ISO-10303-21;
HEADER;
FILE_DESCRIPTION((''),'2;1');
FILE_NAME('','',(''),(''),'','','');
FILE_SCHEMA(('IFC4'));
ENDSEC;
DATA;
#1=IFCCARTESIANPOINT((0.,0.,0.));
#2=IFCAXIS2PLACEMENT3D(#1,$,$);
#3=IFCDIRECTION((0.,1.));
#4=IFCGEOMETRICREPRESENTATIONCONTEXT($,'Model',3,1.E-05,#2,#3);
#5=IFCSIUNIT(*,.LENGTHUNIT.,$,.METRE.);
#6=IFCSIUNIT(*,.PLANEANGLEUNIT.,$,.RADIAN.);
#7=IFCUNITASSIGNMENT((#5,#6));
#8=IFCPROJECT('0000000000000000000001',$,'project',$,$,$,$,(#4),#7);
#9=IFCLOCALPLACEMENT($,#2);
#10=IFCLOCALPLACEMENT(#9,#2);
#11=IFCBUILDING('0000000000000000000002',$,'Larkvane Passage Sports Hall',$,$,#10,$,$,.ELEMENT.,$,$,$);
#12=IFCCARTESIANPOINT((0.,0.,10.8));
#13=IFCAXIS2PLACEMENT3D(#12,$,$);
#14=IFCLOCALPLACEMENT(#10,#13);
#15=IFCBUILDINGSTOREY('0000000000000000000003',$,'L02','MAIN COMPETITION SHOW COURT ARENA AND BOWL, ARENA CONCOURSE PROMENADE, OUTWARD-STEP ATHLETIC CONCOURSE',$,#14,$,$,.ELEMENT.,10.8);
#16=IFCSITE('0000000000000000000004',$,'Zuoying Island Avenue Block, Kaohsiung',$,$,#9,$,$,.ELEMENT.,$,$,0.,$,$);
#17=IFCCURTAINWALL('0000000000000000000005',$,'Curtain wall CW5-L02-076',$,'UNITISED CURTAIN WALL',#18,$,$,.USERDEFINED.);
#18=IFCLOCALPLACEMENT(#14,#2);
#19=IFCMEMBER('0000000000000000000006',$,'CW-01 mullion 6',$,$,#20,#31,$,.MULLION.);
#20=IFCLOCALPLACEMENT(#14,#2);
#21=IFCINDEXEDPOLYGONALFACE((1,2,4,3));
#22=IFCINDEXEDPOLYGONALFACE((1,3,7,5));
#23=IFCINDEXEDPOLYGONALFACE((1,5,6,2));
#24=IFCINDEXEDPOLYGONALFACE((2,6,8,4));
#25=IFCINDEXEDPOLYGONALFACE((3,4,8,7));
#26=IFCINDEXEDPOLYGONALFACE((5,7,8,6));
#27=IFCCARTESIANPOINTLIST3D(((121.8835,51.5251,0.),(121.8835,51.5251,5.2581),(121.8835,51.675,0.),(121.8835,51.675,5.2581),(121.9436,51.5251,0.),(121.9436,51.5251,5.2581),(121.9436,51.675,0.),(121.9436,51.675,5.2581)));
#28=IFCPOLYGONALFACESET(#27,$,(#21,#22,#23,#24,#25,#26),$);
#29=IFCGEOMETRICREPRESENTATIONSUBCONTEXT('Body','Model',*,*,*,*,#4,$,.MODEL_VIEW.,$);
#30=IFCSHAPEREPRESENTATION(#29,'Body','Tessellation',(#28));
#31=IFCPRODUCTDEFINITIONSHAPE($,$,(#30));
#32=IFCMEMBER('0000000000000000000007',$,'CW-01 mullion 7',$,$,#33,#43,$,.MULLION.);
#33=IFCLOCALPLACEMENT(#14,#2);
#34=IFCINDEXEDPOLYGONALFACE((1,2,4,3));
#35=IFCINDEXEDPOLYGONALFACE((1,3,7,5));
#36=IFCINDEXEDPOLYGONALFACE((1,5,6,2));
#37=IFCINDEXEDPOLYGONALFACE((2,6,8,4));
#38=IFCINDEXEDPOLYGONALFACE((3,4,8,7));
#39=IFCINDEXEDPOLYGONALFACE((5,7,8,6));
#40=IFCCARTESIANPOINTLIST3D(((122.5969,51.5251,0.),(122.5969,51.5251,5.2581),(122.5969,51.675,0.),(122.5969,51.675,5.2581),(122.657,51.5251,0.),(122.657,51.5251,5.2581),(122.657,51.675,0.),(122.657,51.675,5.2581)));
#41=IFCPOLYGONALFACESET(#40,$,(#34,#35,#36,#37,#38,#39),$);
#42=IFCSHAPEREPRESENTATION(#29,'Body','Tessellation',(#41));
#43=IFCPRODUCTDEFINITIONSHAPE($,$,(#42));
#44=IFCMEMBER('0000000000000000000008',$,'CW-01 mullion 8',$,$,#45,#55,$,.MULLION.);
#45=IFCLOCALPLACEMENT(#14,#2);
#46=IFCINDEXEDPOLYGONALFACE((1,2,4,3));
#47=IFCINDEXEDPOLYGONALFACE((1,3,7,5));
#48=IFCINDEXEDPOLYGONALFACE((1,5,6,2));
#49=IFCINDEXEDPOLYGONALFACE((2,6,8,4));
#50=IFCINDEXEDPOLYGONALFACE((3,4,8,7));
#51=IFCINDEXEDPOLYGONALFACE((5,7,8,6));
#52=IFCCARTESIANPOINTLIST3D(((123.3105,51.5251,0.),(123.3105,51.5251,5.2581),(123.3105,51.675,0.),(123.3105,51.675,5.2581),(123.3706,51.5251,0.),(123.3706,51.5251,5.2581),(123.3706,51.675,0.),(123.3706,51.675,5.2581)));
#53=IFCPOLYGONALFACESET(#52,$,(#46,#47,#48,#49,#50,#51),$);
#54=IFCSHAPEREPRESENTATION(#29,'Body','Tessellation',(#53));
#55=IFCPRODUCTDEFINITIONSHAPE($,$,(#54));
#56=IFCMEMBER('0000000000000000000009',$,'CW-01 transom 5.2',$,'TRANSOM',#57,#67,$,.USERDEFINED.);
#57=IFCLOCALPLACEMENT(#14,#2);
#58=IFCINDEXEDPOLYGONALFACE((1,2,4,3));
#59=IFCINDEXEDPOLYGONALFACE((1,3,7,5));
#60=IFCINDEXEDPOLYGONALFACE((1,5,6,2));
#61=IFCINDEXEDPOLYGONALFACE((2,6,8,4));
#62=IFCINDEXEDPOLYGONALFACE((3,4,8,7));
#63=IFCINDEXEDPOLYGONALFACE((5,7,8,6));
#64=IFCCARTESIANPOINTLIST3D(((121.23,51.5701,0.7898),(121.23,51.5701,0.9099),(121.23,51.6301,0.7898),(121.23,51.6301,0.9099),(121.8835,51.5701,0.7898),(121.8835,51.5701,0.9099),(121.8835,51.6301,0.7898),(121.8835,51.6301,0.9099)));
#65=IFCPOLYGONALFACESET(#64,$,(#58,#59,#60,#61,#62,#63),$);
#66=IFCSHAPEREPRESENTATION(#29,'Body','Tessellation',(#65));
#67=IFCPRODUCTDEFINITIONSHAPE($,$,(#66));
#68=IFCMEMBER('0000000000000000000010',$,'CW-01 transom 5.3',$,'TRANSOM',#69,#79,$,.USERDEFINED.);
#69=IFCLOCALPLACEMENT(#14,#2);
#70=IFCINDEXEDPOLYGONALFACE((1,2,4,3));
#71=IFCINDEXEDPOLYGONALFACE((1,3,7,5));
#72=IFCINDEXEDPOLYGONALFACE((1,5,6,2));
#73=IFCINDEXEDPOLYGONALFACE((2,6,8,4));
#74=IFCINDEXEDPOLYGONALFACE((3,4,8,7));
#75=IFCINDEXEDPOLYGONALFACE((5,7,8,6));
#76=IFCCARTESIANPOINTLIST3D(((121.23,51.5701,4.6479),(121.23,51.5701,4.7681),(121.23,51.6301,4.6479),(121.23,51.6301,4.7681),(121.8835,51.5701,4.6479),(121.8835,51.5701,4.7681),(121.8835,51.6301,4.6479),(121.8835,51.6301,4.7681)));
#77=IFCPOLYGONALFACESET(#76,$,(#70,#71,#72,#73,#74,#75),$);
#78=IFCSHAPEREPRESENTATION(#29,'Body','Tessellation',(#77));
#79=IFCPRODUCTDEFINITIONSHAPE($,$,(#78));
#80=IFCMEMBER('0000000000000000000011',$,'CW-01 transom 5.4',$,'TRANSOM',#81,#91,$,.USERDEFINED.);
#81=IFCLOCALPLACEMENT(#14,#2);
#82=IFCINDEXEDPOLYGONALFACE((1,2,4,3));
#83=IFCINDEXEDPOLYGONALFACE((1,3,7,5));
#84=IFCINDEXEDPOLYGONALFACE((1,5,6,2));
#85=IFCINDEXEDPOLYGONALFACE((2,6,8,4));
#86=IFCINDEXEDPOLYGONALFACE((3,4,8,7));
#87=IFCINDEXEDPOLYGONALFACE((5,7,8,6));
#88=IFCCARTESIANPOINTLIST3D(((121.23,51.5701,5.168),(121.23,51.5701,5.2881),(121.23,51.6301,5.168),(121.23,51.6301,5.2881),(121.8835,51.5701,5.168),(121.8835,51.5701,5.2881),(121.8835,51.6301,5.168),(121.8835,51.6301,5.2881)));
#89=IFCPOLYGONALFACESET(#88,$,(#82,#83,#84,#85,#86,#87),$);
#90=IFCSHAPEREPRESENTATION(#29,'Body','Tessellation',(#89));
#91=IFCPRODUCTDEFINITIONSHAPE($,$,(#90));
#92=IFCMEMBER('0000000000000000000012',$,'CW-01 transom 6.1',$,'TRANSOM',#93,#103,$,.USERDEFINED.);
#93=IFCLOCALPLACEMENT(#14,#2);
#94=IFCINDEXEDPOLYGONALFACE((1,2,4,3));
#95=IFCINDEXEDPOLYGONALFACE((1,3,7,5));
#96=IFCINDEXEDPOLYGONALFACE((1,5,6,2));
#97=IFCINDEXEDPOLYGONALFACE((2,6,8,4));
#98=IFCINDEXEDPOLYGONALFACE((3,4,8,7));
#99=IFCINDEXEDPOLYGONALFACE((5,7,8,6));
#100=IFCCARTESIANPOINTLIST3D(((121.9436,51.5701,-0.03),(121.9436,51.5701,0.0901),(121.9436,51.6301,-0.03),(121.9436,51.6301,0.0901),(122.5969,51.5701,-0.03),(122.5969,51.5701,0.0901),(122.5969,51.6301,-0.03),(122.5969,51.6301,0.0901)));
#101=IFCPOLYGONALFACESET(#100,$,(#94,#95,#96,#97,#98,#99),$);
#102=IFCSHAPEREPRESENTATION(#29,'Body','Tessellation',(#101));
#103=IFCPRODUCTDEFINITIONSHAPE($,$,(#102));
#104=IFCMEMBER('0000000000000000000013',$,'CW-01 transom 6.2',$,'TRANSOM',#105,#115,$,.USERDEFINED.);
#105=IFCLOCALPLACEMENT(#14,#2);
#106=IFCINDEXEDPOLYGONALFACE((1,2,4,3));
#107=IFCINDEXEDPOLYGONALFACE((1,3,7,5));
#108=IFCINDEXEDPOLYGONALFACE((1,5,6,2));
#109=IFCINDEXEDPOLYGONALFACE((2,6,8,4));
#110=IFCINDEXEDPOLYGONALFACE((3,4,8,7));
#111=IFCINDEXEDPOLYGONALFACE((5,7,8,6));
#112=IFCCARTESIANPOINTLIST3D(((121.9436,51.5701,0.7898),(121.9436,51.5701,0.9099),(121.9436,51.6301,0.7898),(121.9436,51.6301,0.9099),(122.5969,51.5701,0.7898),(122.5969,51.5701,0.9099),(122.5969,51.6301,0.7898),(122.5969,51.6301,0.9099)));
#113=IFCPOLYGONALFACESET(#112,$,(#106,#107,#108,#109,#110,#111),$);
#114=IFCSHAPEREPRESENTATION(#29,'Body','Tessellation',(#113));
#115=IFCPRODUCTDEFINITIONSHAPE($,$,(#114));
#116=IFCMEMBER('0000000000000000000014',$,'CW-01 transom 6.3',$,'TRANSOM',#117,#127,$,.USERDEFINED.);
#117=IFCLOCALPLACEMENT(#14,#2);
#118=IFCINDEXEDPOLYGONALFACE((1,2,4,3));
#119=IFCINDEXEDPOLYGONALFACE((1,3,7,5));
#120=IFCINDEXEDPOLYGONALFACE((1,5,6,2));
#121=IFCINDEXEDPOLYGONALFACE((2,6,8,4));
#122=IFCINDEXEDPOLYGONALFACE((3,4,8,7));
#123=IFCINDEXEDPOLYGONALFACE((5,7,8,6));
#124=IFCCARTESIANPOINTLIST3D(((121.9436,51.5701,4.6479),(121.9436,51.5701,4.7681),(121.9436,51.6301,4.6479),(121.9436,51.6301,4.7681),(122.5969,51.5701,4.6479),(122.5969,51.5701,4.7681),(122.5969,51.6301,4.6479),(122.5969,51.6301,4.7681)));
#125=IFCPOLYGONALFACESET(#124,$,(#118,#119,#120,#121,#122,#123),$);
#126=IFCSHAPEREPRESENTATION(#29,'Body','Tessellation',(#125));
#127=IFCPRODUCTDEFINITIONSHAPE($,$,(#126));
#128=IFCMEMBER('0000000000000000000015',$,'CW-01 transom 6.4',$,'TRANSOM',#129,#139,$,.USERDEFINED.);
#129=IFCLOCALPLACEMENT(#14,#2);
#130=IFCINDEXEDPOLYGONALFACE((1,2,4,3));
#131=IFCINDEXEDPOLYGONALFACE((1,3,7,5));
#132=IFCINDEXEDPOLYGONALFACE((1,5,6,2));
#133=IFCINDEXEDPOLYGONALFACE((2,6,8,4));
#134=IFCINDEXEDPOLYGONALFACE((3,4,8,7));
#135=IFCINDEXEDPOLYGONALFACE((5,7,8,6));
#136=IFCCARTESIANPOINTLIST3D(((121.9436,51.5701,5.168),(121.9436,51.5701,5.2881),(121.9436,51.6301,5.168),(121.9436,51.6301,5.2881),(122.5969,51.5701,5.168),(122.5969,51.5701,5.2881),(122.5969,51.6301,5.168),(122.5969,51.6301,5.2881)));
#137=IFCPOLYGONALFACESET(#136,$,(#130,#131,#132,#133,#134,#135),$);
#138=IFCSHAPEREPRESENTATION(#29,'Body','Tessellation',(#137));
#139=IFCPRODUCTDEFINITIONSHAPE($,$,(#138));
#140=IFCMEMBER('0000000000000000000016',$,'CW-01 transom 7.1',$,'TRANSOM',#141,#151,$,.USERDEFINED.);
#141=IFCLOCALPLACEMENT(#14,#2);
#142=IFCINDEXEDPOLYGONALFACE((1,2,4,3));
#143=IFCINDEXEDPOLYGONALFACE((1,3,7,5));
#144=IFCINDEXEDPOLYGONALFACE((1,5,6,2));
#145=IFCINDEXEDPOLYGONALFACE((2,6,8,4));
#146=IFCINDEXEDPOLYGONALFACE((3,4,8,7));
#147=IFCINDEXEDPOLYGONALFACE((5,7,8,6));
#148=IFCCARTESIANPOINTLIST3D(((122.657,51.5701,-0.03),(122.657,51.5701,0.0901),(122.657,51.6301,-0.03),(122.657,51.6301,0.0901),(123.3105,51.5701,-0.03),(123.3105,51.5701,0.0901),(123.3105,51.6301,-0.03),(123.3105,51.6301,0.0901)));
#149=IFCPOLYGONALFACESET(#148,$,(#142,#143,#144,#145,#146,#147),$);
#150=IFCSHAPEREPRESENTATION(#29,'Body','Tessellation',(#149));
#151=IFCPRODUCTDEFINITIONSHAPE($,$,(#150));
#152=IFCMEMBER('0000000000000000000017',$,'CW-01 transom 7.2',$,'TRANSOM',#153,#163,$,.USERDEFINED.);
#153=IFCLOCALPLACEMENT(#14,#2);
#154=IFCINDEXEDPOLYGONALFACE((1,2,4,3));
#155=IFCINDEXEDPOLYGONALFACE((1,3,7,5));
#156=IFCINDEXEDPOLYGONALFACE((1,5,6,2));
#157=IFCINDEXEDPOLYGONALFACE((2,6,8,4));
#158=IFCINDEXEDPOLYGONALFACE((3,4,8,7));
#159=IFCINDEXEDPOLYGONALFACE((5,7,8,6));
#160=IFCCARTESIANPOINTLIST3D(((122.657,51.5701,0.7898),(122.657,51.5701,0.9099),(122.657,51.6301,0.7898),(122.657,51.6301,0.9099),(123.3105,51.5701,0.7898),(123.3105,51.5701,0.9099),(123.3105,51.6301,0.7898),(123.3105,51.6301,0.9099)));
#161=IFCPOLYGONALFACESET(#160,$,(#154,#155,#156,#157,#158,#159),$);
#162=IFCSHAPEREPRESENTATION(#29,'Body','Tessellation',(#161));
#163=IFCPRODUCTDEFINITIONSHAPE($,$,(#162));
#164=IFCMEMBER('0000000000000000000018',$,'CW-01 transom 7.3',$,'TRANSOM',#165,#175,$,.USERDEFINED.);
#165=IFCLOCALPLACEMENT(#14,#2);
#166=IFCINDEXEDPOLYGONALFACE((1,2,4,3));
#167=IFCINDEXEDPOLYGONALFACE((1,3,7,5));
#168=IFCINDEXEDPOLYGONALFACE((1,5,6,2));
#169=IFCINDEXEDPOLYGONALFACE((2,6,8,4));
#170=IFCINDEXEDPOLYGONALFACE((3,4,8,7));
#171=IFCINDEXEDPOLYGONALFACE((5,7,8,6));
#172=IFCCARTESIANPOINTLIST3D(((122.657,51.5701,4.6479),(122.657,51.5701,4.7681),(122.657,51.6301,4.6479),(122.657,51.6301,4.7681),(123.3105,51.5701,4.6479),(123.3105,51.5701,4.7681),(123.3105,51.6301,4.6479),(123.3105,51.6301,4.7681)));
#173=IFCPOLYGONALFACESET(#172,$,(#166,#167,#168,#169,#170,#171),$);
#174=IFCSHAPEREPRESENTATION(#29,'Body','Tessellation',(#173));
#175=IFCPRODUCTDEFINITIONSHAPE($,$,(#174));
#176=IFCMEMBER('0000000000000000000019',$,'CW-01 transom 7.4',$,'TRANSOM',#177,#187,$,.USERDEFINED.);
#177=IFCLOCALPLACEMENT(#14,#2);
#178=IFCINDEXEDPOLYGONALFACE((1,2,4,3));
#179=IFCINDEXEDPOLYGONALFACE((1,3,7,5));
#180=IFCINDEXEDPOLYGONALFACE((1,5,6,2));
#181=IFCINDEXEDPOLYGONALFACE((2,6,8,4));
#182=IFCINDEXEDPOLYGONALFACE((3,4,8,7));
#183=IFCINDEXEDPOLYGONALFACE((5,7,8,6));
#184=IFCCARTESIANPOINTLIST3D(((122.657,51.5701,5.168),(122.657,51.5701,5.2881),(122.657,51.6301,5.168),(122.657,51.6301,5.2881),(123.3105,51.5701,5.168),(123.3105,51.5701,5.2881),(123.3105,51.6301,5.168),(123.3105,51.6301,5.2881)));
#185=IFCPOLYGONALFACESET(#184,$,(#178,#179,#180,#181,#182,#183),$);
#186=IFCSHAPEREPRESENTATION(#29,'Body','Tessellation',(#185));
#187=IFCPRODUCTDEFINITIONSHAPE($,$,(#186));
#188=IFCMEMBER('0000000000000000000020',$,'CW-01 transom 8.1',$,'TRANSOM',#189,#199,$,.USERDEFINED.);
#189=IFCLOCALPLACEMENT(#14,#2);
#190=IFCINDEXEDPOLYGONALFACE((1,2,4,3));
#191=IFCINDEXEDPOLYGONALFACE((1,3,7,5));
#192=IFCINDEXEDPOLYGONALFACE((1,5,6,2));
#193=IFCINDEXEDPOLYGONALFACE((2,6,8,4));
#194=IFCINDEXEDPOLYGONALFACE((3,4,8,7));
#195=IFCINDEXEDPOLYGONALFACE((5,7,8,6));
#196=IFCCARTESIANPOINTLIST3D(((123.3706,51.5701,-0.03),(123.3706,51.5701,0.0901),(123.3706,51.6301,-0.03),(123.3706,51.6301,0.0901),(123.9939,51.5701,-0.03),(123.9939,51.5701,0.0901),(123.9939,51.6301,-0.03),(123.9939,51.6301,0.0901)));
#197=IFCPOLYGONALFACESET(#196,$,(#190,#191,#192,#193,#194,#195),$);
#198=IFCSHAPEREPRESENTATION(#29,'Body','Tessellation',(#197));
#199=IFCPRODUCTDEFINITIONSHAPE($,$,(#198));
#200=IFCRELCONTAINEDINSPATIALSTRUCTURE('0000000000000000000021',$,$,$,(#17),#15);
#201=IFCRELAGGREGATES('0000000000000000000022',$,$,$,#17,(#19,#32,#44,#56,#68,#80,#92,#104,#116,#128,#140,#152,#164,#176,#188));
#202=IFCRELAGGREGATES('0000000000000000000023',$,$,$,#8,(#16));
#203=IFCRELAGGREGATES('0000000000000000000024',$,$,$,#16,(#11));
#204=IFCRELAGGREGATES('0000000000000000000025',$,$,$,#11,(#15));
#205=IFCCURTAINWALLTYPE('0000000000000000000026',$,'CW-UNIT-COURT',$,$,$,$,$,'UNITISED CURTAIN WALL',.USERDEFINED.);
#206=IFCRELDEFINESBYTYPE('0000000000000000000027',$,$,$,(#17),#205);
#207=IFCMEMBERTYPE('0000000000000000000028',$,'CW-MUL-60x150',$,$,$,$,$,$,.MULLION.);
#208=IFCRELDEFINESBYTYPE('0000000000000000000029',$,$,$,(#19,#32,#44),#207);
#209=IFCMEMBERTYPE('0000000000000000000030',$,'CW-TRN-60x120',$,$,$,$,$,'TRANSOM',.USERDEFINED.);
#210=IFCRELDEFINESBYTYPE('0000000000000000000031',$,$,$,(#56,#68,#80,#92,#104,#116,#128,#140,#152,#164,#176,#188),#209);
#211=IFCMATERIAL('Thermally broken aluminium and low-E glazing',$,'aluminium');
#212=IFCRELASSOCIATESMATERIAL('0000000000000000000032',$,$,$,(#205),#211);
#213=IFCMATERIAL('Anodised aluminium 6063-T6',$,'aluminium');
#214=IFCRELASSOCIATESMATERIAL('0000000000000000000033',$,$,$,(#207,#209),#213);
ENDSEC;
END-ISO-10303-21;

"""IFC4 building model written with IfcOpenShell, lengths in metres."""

from ifc_helpers import new_model, si_unit, direction, frame, origin, origin_2d, place, context, subcontext, project, spatial, rectangle, extrude, material, material_profile, profile_set, type_object, element, aggregate, save


model = new_model("IFC4")

# Units and contexts
model_context = context("Model", 3, precision=1e-05, world=origin(), true_north=direction((0.0, 1.0)))
body_context = subcontext(model_context, "Body", "Model", "MODEL_VIEW")
ifc_project = project(units=[si_unit("LENGTHUNIT", "METRE"), si_unit("PLANEANGLEUNIT", "RADIAN")], contexts=[model_context])

# Site, building, storey
site_placement = place(None, origin())
site = spatial("IfcSite", under=ifc_project, at=site_placement, Name="Zuoying Island Avenue Block, Kaohsiung", CompositionType="ELEMENT", RefElevation=0.0)
building_placement = place(site_placement, origin())
building = spatial("IfcBuilding", under=site, at=building_placement, Name="Larkvane Passage Sports Hall", CompositionType="ELEMENT")
storey_placement = place(building_placement, frame((0.0, 0.0, 10.8)))
storey = spatial("IfcBuildingStorey", under=building, at=storey_placement, Name="L02", Description="MAIN COMPETITION SHOW COURT ARENA AND BOWL, ARENA CONCOURSE PROMENADE, OUTWARD-STEP ATHLETIC CONCOURSE", CompositionType="ELEMENT", Elevation=10.8)

# Curtain wall, members
ifc_material_1 = material(Name="Thermally broken aluminium and low-E glazing", Category="aluminium")
curtain_wall_type = type_object("IfcCurtainWallType", Name="CW-UNIT-COURT", ElementType="UNITISED CURTAIN WALL", PredefinedType="USERDEFINED", material=ifc_material_1)
curtain_wall_placement = place(storey_placement, origin())
curtain_wall = element("IfcCurtainWall", 1, at=curtain_wall_placement, inside=storey, type_object=curtain_wall_type, Name="Curtain wall CW5-L02-076", ObjectType="UNITISED CURTAIN WALL", PredefinedType="USERDEFINED")
ifc_material_2 = material(Name="Anodised aluminium 6063-T6", Category="aluminium")
ifc_material_profile_1 = material_profile(ifc_material_2, rectangle(XDim=0.0601, YDim=0.1499, at=origin_2d()), Name="ALU-MUL-60x150")
ifc_profile_set_1 = profile_set([ifc_material_profile_1], Name="Anodised aluminium 6063-T6")
member_type_1 = type_object("IfcMemberType", Name="CW-MUL-60x150", PredefinedType="MULLION", material=ifc_profile_set_1)
member_1_placement = place(storey_placement, frame((121.9136, 51.6001, 0.0), z_axis=(0.0, 0.0, 1.0), x_axis=(1.0, 0.0, 0.0)))
member_1 = element("IfcMember", 2, at=member_1_placement, type_object=member_type_1, Name="CW-01 mullion 6", PredefinedType="MULLION", context=body_context, shape_type="SweptSolid", body=[
    extrude(rectangle(XDim=0.0601, YDim=0.1499, at=origin_2d()), origin(), (0.0, 0.0, 1.0), 5.2581),
])
member_2_placement = place(storey_placement, frame((122.627, 51.6001, 0.0), z_axis=(0.0, 0.0, 1.0), x_axis=(1.0, 0.0, 0.0)))
member_2 = element("IfcMember", 3, at=member_2_placement, type_object=member_type_1, Name="CW-01 mullion 7", PredefinedType="MULLION", context=body_context, shape_type="SweptSolid", body=[
    extrude(rectangle(XDim=0.0601, YDim=0.1499, at=origin_2d()), origin(), (0.0, 0.0, 1.0), 5.2581),
])
member_3_placement = place(storey_placement, frame((123.3406, 51.6001, 0.0), z_axis=(0.0, 0.0, 1.0), x_axis=(1.0, 0.0, 0.0)))
member_3 = element("IfcMember", 4, at=member_3_placement, type_object=member_type_1, Name="CW-01 mullion 8", PredefinedType="MULLION", context=body_context, shape_type="SweptSolid", body=[
    extrude(rectangle(XDim=0.0601, YDim=0.1499, at=origin_2d()), origin(), (0.0, 0.0, 1.0), 5.2581),
])
ifc_material_profile_2 = material_profile(ifc_material_2, rectangle(XDim=0.0601, YDim=0.1201, at=origin_2d()), Name="ALU-TRN-60x120")
ifc_profile_set_2 = profile_set([ifc_material_profile_2], Name="Anodised aluminium 6063-T6")
member_type_2 = type_object("IfcMemberType", Name="CW-TRN-60x120", ElementType="TRANSOM", PredefinedType="USERDEFINED", material=ifc_profile_set_2)
member_4_placement = place(storey_placement, frame((121.23, 51.6001, 0.8499), z_axis=(1.0, 0.0, 0.0), x_axis=(0.0, 1.0, 0.0)))
member_4 = element("IfcMember", 5, at=member_4_placement, type_object=member_type_2, Name="CW-01 transom 5.2", ObjectType="TRANSOM", PredefinedType="USERDEFINED", context=body_context, shape_type="SweptSolid", body=[
    extrude(rectangle(XDim=0.0601, YDim=0.1201, at=origin_2d()), origin(), (0.0, 0.0, 1.0), 0.6536),
])
member_5_placement = place(storey_placement, frame((121.23, 51.6001, 4.708), z_axis=(1.0, 0.0, 0.0), x_axis=(0.0, 1.0, 0.0)))
member_5 = element("IfcMember", 6, at=member_5_placement, type_object=member_type_2, Name="CW-01 transom 5.3", ObjectType="TRANSOM", PredefinedType="USERDEFINED", context=body_context, shape_type="SweptSolid", body=[
    extrude(rectangle(XDim=0.0601, YDim=0.1201, at=origin_2d()), origin(), (0.0, 0.0, 1.0), 0.6536),
])
member_6_placement = place(storey_placement, frame((121.23, 51.6001, 5.228), z_axis=(1.0, 0.0, 0.0), x_axis=(0.0, 1.0, 0.0)))
member_6 = element("IfcMember", 7, at=member_6_placement, type_object=member_type_2, Name="CW-01 transom 5.4", ObjectType="TRANSOM", PredefinedType="USERDEFINED", context=body_context, shape_type="SweptSolid", body=[
    extrude(rectangle(XDim=0.0601, YDim=0.1201, at=origin_2d()), origin(), (0.0, 0.0, 1.0), 0.6536),
])
member_7_placement = place(storey_placement, frame((121.9436, 51.6001, 0.03), z_axis=(1.0, 0.0, 0.0), x_axis=(0.0, 1.0, 0.0)))
member_7 = element("IfcMember", 8, at=member_7_placement, type_object=member_type_2, Name="CW-01 transom 6.1", ObjectType="TRANSOM", PredefinedType="USERDEFINED", context=body_context, shape_type="SweptSolid", body=[
    extrude(rectangle(XDim=0.0601, YDim=0.1201, at=origin_2d()), origin(), (0.0, 0.0, 1.0), 0.6533),
])
member_8_placement = place(storey_placement, frame((121.9436, 51.6001, 0.8499), z_axis=(1.0, 0.0, 0.0), x_axis=(0.0, 1.0, 0.0)))
member_8 = element("IfcMember", 9, at=member_8_placement, type_object=member_type_2, Name="CW-01 transom 6.2", ObjectType="TRANSOM", PredefinedType="USERDEFINED", context=body_context, shape_type="SweptSolid", body=[
    extrude(rectangle(XDim=0.0601, YDim=0.1201, at=origin_2d()), origin(), (0.0, 0.0, 1.0), 0.6533),
])
member_9_placement = place(storey_placement, frame((121.9436, 51.6001, 4.708), z_axis=(1.0, 0.0, 0.0), x_axis=(0.0, 1.0, 0.0)))
member_9 = element("IfcMember", 10, at=member_9_placement, type_object=member_type_2, Name="CW-01 transom 6.3", ObjectType="TRANSOM", PredefinedType="USERDEFINED", context=body_context, shape_type="SweptSolid", body=[
    extrude(rectangle(XDim=0.0601, YDim=0.1201, at=origin_2d()), origin(), (0.0, 0.0, 1.0), 0.6533),
])
member_10_placement = place(storey_placement, frame((121.9436, 51.6001, 5.228), z_axis=(1.0, 0.0, 0.0), x_axis=(0.0, 1.0, 0.0)))
member_10 = element("IfcMember", 11, at=member_10_placement, type_object=member_type_2, Name="CW-01 transom 6.4", ObjectType="TRANSOM", PredefinedType="USERDEFINED", context=body_context, shape_type="SweptSolid", body=[
    extrude(rectangle(XDim=0.0601, YDim=0.1201, at=origin_2d()), origin(), (0.0, 0.0, 1.0), 0.6533),
])
member_11_placement = place(storey_placement, frame((122.657, 51.6001, 0.03), z_axis=(1.0, 0.0, 0.0), x_axis=(0.0, 1.0, 0.0)))
member_11 = element("IfcMember", 12, at=member_11_placement, type_object=member_type_2, Name="CW-01 transom 7.1", ObjectType="TRANSOM", PredefinedType="USERDEFINED", context=body_context, shape_type="SweptSolid", body=[
    extrude(rectangle(XDim=0.0601, YDim=0.1201, at=origin_2d()), origin(), (0.0, 0.0, 1.0), 0.6536),
])
member_12_placement = place(storey_placement, frame((122.657, 51.6001, 0.8499), z_axis=(1.0, 0.0, 0.0), x_axis=(0.0, 1.0, 0.0)))
member_12 = element("IfcMember", 13, at=member_12_placement, type_object=member_type_2, Name="CW-01 transom 7.2", ObjectType="TRANSOM", PredefinedType="USERDEFINED", context=body_context, shape_type="SweptSolid", body=[
    extrude(rectangle(XDim=0.0601, YDim=0.1201, at=origin_2d()), origin(), (0.0, 0.0, 1.0), 0.6536),
])
member_13_placement = place(storey_placement, frame((122.657, 51.6001, 4.708), z_axis=(1.0, 0.0, 0.0), x_axis=(0.0, 1.0, 0.0)))
member_13 = element("IfcMember", 14, at=member_13_placement, type_object=member_type_2, Name="CW-01 transom 7.3", ObjectType="TRANSOM", PredefinedType="USERDEFINED", context=body_context, shape_type="SweptSolid", body=[
    extrude(rectangle(XDim=0.0601, YDim=0.1201, at=origin_2d()), origin(), (0.0, 0.0, 1.0), 0.6536),
])
member_14_placement = place(storey_placement, frame((122.657, 51.6001, 5.228), z_axis=(1.0, 0.0, 0.0), x_axis=(0.0, 1.0, 0.0)))
member_14 = element("IfcMember", 15, at=member_14_placement, type_object=member_type_2, Name="CW-01 transom 7.4", ObjectType="TRANSOM", PredefinedType="USERDEFINED", context=body_context, shape_type="SweptSolid", body=[
    extrude(rectangle(XDim=0.0601, YDim=0.1201, at=origin_2d()), origin(), (0.0, 0.0, 1.0), 0.6536),
])
member_15_placement = place(storey_placement, frame((123.3706, 51.6001, 0.03), z_axis=(1.0, 0.0, 0.0), x_axis=(0.0, 1.0, 0.0)))
member_15 = element("IfcMember", 16, at=member_15_placement, type_object=member_type_2, Name="CW-01 transom 8.1", ObjectType="TRANSOM", PredefinedType="USERDEFINED", context=body_context, shape_type="SweptSolid", body=[
    extrude(rectangle(XDim=0.0601, YDim=0.1201, at=origin_2d()), origin(), (0.0, 0.0, 1.0), 0.6233),
])
aggregate(curtain_wall, [member_1, member_2, member_3, member_4, member_5, member_6, member_7, member_8, member_9, member_10, member_11, member_12, member_13, member_14, member_15])

save(model, "model.ifc")
